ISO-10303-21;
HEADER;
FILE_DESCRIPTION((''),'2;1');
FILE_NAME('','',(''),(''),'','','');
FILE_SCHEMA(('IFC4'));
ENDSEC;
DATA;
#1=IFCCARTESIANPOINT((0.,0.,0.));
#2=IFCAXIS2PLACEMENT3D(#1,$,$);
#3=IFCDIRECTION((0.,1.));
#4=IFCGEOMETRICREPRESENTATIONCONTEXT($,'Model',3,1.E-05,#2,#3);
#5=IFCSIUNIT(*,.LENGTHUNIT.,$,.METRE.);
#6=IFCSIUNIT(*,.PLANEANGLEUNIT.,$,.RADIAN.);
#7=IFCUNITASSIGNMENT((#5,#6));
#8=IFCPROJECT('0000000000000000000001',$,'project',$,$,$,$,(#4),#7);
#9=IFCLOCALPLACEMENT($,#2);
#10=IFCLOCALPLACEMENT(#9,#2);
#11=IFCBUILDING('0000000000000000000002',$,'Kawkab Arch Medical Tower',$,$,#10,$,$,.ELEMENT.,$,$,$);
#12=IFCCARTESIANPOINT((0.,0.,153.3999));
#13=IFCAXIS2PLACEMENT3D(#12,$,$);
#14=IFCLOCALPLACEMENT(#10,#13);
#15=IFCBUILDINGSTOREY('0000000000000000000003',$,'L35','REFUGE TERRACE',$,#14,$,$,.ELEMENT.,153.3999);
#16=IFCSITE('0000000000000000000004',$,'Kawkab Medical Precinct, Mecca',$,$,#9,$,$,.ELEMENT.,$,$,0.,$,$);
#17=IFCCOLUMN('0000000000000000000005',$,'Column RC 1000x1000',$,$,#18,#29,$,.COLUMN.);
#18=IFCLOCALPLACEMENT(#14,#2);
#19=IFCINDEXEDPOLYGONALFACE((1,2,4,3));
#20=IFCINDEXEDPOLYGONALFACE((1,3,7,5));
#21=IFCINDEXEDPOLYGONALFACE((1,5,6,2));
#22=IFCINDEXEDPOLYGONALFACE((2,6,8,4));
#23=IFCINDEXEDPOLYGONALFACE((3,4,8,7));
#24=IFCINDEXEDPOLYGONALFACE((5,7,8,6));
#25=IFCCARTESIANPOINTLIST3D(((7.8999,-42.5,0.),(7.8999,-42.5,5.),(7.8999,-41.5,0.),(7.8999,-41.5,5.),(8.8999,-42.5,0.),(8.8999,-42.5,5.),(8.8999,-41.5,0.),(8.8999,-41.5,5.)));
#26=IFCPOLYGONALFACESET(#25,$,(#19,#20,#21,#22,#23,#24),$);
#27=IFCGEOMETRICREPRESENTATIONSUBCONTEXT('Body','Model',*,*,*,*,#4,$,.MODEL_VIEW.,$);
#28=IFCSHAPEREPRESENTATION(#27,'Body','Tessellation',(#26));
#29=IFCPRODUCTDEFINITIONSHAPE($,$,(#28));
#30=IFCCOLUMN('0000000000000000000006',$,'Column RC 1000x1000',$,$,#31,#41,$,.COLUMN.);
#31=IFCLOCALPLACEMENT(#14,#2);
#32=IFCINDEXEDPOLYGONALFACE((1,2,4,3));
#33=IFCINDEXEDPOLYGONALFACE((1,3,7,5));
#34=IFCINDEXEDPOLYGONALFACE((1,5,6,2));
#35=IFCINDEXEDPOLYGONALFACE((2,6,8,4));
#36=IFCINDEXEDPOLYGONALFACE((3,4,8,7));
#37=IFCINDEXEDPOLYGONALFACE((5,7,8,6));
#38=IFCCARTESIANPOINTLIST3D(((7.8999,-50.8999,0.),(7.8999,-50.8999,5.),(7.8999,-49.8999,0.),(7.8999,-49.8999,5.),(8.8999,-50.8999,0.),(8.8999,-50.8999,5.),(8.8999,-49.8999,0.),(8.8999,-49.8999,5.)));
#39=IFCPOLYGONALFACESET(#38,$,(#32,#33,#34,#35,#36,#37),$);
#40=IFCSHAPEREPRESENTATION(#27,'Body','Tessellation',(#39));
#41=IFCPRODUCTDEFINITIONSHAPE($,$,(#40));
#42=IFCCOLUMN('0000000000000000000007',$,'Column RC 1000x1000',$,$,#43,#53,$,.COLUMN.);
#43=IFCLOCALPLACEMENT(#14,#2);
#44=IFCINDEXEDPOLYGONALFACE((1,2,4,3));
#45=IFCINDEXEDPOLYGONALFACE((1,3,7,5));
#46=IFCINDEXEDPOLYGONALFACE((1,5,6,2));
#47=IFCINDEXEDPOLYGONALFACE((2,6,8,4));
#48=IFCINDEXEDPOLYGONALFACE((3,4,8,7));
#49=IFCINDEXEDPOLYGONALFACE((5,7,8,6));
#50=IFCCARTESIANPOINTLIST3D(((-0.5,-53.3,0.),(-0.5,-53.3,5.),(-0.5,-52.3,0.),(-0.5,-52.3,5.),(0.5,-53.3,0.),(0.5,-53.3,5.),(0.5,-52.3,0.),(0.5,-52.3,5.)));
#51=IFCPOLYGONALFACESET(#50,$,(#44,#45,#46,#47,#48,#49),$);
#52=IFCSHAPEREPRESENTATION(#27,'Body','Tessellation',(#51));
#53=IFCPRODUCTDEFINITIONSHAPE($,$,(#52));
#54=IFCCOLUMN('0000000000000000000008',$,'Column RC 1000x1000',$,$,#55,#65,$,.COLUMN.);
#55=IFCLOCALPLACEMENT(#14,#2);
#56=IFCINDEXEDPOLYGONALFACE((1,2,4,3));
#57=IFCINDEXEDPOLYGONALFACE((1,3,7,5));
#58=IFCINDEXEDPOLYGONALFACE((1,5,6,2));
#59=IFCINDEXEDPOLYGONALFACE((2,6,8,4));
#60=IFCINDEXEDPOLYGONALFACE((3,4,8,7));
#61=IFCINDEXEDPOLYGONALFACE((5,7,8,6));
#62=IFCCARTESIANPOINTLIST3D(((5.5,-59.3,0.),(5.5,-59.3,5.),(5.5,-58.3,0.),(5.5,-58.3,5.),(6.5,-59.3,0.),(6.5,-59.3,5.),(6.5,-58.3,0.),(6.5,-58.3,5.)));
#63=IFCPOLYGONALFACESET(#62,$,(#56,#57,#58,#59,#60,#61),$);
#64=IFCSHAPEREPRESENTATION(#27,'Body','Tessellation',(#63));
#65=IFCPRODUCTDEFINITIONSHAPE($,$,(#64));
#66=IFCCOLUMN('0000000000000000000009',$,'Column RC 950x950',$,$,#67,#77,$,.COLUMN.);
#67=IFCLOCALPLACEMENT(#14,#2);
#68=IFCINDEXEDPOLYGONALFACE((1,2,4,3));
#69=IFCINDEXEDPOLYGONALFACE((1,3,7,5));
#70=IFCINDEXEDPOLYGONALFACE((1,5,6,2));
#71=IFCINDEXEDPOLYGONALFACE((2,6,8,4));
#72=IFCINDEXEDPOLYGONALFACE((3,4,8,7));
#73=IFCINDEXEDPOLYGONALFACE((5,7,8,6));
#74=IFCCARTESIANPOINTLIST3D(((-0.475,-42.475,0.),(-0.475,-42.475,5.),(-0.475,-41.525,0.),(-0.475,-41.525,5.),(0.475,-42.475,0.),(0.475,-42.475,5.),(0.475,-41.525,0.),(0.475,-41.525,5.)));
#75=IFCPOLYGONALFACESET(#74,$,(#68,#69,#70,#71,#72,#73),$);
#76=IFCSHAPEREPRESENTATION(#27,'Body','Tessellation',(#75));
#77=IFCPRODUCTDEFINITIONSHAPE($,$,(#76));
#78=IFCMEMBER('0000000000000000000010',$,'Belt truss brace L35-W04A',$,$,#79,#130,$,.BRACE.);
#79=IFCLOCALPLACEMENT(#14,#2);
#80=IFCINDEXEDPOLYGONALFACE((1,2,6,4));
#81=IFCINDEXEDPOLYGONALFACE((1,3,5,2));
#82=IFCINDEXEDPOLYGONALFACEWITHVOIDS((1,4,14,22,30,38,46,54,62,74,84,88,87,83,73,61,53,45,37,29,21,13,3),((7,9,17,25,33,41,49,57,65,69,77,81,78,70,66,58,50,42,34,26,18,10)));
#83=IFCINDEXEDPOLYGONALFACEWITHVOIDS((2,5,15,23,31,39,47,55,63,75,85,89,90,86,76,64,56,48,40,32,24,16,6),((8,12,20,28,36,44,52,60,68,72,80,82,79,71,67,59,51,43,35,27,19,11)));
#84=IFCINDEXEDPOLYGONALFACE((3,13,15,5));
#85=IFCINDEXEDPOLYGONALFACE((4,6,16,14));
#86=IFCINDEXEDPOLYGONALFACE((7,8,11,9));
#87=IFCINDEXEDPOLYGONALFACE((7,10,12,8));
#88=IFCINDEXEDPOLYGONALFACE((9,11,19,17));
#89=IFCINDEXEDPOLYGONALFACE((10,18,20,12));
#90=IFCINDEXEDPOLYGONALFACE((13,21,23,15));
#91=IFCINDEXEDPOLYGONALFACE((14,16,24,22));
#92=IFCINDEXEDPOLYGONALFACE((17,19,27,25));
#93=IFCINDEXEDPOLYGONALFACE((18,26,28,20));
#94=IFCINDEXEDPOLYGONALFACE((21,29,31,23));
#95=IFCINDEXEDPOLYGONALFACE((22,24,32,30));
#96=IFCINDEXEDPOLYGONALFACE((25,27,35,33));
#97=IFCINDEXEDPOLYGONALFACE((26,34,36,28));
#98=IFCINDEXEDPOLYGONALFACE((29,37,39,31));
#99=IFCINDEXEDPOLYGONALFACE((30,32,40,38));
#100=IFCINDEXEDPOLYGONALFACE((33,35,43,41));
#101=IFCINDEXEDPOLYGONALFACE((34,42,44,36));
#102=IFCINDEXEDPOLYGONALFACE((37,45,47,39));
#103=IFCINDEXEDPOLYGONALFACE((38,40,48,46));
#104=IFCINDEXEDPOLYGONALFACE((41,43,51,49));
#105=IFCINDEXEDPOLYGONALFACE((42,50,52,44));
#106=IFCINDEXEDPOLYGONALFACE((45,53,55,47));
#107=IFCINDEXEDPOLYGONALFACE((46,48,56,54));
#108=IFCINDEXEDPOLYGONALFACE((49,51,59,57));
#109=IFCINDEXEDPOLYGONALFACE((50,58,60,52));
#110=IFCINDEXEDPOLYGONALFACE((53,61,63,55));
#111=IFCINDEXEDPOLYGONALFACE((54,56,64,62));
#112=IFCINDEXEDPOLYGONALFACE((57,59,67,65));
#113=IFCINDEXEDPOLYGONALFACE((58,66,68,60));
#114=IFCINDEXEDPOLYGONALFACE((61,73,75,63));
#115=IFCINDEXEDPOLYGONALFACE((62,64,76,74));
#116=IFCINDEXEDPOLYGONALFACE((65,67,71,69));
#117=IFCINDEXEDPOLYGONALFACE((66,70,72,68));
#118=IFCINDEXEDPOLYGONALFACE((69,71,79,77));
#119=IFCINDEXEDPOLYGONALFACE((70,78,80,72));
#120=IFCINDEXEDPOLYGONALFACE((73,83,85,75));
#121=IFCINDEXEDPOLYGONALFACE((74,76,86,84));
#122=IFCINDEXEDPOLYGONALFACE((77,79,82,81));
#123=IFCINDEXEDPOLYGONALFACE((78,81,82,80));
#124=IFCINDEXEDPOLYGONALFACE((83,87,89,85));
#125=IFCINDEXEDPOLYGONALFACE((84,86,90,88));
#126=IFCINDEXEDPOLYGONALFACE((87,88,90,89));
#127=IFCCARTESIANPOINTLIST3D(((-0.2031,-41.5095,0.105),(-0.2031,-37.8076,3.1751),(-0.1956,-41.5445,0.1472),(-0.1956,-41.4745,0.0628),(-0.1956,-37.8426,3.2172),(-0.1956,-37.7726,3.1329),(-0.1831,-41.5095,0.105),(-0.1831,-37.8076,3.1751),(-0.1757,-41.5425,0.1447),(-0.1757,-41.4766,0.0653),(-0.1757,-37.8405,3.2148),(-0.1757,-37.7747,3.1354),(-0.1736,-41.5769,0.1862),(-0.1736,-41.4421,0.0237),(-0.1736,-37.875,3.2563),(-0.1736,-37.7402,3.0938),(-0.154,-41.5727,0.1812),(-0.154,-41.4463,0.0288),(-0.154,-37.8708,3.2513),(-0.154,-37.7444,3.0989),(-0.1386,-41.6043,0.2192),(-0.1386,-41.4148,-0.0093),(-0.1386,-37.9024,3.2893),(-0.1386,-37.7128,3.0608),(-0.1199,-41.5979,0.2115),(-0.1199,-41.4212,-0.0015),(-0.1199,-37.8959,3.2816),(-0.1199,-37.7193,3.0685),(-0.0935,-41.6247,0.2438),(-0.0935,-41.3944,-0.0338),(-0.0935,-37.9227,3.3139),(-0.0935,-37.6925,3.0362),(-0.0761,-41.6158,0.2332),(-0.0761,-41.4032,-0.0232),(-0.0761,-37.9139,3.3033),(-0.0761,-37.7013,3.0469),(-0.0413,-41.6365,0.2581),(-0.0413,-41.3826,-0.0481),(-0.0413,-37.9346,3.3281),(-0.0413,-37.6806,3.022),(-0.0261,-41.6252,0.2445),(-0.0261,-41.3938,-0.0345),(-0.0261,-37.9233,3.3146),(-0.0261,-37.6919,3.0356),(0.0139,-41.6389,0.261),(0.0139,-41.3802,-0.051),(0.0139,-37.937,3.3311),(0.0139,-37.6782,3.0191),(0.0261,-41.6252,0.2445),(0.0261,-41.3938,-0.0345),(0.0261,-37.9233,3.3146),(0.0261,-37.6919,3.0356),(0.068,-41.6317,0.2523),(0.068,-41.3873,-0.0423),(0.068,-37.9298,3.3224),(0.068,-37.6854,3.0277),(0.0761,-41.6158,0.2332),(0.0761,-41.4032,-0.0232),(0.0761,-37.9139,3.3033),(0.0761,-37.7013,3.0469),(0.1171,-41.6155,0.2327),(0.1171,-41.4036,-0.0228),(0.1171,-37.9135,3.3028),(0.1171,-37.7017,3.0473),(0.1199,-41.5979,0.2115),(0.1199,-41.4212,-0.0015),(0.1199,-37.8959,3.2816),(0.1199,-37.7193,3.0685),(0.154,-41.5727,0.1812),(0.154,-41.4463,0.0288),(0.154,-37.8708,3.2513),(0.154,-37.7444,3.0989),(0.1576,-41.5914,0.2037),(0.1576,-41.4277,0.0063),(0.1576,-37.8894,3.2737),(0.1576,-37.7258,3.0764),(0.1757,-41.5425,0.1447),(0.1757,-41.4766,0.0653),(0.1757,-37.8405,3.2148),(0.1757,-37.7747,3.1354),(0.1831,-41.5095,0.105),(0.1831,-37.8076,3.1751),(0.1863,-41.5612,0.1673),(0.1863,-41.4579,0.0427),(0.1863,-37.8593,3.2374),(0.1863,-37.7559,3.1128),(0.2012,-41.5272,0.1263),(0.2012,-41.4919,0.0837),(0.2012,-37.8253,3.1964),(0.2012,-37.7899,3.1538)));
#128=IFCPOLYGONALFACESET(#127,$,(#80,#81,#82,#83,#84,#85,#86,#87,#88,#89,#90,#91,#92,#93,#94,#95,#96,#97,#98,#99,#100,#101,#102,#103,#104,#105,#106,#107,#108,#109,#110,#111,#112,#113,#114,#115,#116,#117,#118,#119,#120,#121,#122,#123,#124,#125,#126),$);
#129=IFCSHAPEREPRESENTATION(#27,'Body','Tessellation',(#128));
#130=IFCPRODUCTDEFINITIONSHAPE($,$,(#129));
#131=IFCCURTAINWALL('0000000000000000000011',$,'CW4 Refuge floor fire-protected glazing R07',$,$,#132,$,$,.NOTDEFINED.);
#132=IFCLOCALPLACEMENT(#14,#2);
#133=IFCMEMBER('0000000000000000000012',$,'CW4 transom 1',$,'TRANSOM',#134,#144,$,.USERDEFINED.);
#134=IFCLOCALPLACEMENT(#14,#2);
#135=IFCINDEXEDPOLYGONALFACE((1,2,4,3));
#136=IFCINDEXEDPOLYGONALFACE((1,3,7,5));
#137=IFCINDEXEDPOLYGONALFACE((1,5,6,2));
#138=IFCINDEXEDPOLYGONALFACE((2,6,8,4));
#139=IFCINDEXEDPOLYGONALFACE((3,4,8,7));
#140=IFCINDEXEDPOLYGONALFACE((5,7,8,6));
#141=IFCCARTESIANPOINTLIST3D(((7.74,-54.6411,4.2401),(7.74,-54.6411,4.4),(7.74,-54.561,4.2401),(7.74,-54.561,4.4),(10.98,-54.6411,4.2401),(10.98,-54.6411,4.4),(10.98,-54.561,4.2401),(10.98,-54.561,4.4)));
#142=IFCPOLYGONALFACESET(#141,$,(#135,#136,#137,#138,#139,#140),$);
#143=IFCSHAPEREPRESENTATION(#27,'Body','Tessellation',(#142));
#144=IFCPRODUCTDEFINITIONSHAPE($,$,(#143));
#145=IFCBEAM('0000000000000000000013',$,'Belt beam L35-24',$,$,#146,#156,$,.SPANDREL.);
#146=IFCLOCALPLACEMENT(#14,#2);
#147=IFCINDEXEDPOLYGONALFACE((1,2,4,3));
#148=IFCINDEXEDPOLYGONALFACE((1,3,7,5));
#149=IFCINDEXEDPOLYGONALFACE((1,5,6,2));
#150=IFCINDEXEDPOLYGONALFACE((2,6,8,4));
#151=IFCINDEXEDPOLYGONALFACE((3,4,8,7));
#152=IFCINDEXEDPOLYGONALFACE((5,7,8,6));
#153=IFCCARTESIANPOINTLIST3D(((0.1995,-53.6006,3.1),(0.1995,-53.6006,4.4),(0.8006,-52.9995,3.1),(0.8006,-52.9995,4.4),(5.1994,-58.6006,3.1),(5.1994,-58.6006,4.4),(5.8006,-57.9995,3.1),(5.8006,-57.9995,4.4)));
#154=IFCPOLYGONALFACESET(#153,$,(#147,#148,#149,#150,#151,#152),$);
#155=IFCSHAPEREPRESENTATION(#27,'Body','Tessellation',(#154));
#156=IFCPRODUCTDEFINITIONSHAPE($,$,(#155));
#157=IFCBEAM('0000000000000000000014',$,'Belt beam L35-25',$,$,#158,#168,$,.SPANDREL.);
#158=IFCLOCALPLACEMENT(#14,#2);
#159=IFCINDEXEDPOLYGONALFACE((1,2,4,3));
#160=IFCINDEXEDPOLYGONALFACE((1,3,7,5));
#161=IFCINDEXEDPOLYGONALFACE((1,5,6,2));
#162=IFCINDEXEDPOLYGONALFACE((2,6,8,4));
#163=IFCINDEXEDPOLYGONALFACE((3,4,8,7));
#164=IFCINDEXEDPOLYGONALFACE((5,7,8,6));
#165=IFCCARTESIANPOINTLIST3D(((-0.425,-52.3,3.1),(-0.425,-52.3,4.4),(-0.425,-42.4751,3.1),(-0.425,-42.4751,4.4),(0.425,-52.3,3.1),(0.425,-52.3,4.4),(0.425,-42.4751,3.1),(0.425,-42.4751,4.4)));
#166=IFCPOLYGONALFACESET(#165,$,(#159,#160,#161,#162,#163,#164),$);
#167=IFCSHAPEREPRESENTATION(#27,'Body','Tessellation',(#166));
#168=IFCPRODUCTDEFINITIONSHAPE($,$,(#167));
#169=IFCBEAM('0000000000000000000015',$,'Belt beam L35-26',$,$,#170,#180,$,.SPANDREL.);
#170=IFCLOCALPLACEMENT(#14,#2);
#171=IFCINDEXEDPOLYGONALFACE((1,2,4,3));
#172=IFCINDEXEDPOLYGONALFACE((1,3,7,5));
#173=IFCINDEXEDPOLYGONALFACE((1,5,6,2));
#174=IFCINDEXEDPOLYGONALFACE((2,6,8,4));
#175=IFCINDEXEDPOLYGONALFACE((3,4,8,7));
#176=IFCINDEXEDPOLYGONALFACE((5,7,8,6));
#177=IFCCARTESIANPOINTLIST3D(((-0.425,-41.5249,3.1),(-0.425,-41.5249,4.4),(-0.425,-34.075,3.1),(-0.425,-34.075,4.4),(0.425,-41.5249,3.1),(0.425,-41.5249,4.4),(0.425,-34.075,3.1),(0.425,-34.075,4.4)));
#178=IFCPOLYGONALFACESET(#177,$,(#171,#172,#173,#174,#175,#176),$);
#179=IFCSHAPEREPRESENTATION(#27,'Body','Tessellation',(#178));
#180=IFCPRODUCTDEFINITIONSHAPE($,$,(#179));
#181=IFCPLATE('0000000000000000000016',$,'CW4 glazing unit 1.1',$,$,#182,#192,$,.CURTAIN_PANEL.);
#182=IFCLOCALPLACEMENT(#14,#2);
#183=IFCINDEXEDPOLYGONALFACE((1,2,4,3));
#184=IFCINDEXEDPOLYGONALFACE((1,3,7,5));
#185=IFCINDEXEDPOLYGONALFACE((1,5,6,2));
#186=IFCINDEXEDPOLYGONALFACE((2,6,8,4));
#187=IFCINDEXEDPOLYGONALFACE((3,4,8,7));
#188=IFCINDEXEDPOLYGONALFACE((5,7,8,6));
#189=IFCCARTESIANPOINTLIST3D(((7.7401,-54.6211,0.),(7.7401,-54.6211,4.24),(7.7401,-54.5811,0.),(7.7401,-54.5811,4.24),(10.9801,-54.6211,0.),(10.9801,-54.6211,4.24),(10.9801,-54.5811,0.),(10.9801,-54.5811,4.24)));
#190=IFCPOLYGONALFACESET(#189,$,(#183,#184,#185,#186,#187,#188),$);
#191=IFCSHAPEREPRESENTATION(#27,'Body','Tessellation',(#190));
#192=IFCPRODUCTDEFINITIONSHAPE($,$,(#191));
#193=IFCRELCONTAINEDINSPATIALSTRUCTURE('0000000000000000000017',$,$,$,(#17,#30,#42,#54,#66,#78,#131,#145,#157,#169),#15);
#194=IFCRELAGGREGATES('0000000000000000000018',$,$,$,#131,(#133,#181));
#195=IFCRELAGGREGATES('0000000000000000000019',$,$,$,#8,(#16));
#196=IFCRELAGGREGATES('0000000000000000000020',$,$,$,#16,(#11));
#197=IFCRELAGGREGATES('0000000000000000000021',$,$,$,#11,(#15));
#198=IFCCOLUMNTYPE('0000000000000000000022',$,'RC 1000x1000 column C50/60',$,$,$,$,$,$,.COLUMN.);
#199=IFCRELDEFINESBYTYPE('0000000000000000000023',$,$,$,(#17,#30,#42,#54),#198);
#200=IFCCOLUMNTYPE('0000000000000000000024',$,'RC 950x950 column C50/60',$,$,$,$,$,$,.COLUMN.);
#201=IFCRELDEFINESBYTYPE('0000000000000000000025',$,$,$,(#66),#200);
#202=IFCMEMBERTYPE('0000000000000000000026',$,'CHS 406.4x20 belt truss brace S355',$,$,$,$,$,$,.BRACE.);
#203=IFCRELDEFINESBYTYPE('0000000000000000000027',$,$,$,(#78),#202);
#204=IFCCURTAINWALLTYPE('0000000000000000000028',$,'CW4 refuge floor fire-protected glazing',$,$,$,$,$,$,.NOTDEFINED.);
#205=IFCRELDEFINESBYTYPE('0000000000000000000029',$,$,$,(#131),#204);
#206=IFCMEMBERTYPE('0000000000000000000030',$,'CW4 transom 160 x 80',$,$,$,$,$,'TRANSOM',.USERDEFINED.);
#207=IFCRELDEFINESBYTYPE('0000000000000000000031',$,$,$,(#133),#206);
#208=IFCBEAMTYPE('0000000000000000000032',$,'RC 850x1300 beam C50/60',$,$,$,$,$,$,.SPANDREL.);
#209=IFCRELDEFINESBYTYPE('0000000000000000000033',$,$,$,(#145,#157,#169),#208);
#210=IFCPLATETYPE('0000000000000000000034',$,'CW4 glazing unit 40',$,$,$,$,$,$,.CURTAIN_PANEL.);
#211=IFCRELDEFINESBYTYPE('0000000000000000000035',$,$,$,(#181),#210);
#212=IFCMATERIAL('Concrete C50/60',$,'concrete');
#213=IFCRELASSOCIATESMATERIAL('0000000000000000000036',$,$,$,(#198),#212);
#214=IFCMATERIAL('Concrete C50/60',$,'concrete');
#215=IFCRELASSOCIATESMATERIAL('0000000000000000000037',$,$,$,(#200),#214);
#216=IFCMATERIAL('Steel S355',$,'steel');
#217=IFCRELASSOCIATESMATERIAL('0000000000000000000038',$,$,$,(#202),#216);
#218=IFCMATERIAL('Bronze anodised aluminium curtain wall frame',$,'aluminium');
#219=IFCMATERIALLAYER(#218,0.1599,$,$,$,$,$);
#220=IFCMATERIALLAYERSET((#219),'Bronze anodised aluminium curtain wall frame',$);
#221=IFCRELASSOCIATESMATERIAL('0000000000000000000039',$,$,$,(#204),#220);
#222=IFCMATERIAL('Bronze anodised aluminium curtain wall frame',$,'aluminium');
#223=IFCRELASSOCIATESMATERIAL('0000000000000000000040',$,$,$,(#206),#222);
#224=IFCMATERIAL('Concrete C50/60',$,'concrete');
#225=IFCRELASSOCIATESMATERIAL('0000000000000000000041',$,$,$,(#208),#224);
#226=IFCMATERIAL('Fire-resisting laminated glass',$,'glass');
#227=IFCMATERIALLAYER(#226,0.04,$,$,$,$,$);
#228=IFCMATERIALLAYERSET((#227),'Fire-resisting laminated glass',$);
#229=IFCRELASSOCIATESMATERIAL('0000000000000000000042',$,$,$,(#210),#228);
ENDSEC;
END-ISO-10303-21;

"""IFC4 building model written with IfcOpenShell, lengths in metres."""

from ifc_helpers import new_model, si_unit, direction, frame, origin, origin_2d, place, context, subcontext, project, spatial, rectangle, hollow_circle, extrude, material, layer, layer_set, material_profile, profile_set, type_object, element, aggregate, save


model = new_model("IFC4")

# Units and contexts
model_context = context("Model", 3, precision=1e-05, world=origin(), true_north=direction((0.0, 1.0)))
body_context = subcontext(model_context, "Body", "Model", "MODEL_VIEW")
ifc_project = project(units=[si_unit("LENGTHUNIT", "METRE"), si_unit("PLANEANGLEUNIT", "RADIAN")], contexts=[model_context])

# Site, building, storey
site_placement = place(None, origin())
site = spatial("IfcSite", under=ifc_project, at=site_placement, Name="Kawkab Medical Precinct, Mecca", CompositionType="ELEMENT", RefElevation=0.0)
building_placement = place(site_placement, origin())
building = spatial("IfcBuilding", under=site, at=building_placement, Name="Kawkab Arch Medical Tower", CompositionType="ELEMENT")
storey_placement = place(building_placement, frame((0.0, 0.0, 153.3999)))
storey = spatial("IfcBuildingStorey", under=building, at=storey_placement, Name="L35", Description="REFUGE TERRACE", CompositionType="ELEMENT", Elevation=153.3999)

# Columns
ifc_material_1 = material(Name="Concrete C50/60", Category="concrete")
ifc_material_profile_1 = material_profile(ifc_material_1, rectangle(XDim=1.0, YDim=1.0, at=origin_2d()), Name="RC 1000x1000")
ifc_profile_set_1 = profile_set([ifc_material_profile_1], Name="Concrete C50/60")
column_type_1 = type_object("IfcColumnType", Name="RC 1000x1000 column C50/60", PredefinedType="COLUMN", material=ifc_profile_set_1)
for number, where, z_axis, x_axis, name in (
    (1, (8.3999, -42.0, 0.0), (0.0, 0.0, 1.0), (1.0, 0.0, 0.0), "Column RC 1000x1000"),
    (2, (8.3999, -50.3999, 0.0), (0.0, 0.0, 1.0), (1.0, 0.0, 0.0), "Column RC 1000x1000"),
    (3, (0.0, -52.8, 0.0), (0.0, 0.0, 1.0), (1.0, 0.0, 0.0), "Column RC 1000x1000"),
    (4, (6.0, -58.8, 0.0), (0.0, 0.0, 1.0), (1.0, 0.0, 0.0), "Column RC 1000x1000"),
):
    element("IfcColumn", number, at=place(storey_placement, frame(where, z_axis=z_axis, x_axis=x_axis)), inside=storey, type_object=column_type_1, Name=name, PredefinedType="COLUMN", context=body_context, shape_type="SweptSolid", body=[
        extrude(rectangle(XDim=1.0, YDim=1.0, at=origin_2d()), origin(), (0.0, 0.0, 1.0), 5.0),
    ])
ifc_material_2 = material(Name="Concrete C50/60", Category="concrete")
ifc_material_profile_2 = material_profile(ifc_material_2, rectangle(XDim=0.95, YDim=0.95, at=origin_2d()), Name="RC 950x950")
ifc_profile_set_2 = profile_set([ifc_material_profile_2], Name="Concrete C50/60")
column_type_2 = type_object("IfcColumnType", Name="RC 950x950 column C50/60", PredefinedType="COLUMN", material=ifc_profile_set_2)
column_placement = place(storey_placement, frame((0.0, -42.0, 0.0), z_axis=(0.0, 0.0, 1.0), x_axis=(1.0, 0.0, 0.0)))
element("IfcColumn", 5, at=column_placement, inside=storey, type_object=column_type_2, Name="Column RC 950x950", PredefinedType="COLUMN", context=body_context, shape_type="SweptSolid", body=[
    extrude(rectangle(XDim=0.95, YDim=0.95, at=origin_2d()), origin(), (0.0, 0.0, 1.0), 5.0),
])

# Member
ifc_material_3 = material(Name="Steel S355", Category="steel")
ifc_material_profile_3 = material_profile(ifc_material_3, hollow_circle(Radius=0.2031, WallThickness=0.02, at=origin_2d()), Name="CHS 406.4x20")
ifc_profile_set_3 = profile_set([ifc_material_profile_3], Name="Steel S355")
member_type_1 = type_object("IfcMemberType", Name="CHS 406.4x20 belt truss brace S355", PredefinedType="BRACE", material=ifc_profile_set_3)
member_1_placement = place(storey_placement, frame((0.0, -41.5095, 0.105), z_axis=(0.0, 0.769738, 0.63836), x_axis=(-1.0, 0.0, 0.0)))
element("IfcMember", 6, at=member_1_placement, inside=storey, type_object=member_type_1, Name="Belt truss brace L35-W04A", PredefinedType="BRACE", context=body_context, shape_type="SweptSolid", body=[
    extrude(hollow_circle(Radius=0.2031, WallThickness=0.02, at=origin_2d()), origin(), (0.0, 0.0, 1.0), 4.8093),
])

# Curtain wall, member
ifc_material_4 = material(Name="Bronze anodised aluminium curtain wall frame", Category="aluminium")
ifc_layer_1 = layer(ifc_material_4, 0.1599)
ifc_layer_set_1 = layer_set([ifc_layer_1], Name="Bronze anodised aluminium curtain wall frame")
curtain_wall_type = type_object("IfcCurtainWallType", Name="CW4 refuge floor fire-protected glazing", PredefinedType="NOTDEFINED", material=ifc_layer_set_1)
curtain_wall_placement = place(storey_placement, origin())
curtain_wall = element("IfcCurtainWall", 7, at=curtain_wall_placement, inside=storey, type_object=curtain_wall_type, Name="CW4 Refuge floor fire-protected glazing R07", PredefinedType="NOTDEFINED")
ifc_material_5 = material(Name="Bronze anodised aluminium curtain wall frame", Category="aluminium")
ifc_material_profile_4 = material_profile(ifc_material_5, rectangle(XDim=0.0801, YDim=0.1599, at=origin_2d()), Name="AL 80x160")
ifc_profile_set_4 = profile_set([ifc_material_profile_4], Name="Bronze anodised aluminium curtain wall frame")
member_type_2 = type_object("IfcMemberType", Name="CW4 transom 160 x 80", ElementType="TRANSOM", PredefinedType="USERDEFINED", material=ifc_profile_set_4)
member_2_placement = place(storey_placement, frame((7.74, -54.6011, 4.3201), z_axis=(1.0, 0.0, 0.0), x_axis=(0.0, 1.0, 0.0)))
member_2 = element("IfcMember", 8, at=member_2_placement, type_object=member_type_2, Name="CW4 transom 1", ObjectType="TRANSOM", PredefinedType="USERDEFINED", context=body_context, shape_type="SweptSolid", body=[
    extrude(rectangle(XDim=0.0801, YDim=0.1599, at=origin_2d()), origin(), (0.0, 0.0, 1.0), 3.24),
])

# Beams
ifc_material_6 = material(Name="Concrete C50/60", Category="concrete")
ifc_material_profile_5 = material_profile(ifc_material_6, rectangle(XDim=0.8501, YDim=1.3, at=origin_2d()), Name="RC 850x1300")
ifc_profile_set_5 = profile_set([ifc_material_profile_5], Name="Concrete C50/60")
beam_type = type_object("IfcBeamType", Name="RC 850x1300 beam C50/60", PredefinedType="SPANDREL", material=ifc_profile_set_5)
beam_1_placement = place(storey_placement, frame((5.5, -58.3, 3.75), z_axis=(-0.707107, 0.707107, 0.0), x_axis=(-0.707107, -0.707107, 0.0)))
element("IfcBeam", 9, at=beam_1_placement, inside=storey, type_object=beam_type, Name="Belt beam L35-24", PredefinedType="SPANDREL", context=body_context, shape_type="SweptSolid", body=[
    extrude(rectangle(XDim=0.8501, YDim=1.3, at=origin_2d()), origin(), (0.0, 0.0, 1.0), 7.071),
])
beam_2_placement = place(storey_placement, frame((0.0, -52.3, 3.75), z_axis=(0.0, 1.0, 0.0), x_axis=(-1.0, 0.0, 0.0)))
element("IfcBeam", 10, at=beam_2_placement, inside=storey, type_object=beam_type, Name="Belt beam L35-25", PredefinedType="SPANDREL", context=body_context, shape_type="SweptSolid", body=[
    extrude(rectangle(XDim=0.8501, YDim=1.3, at=origin_2d()), origin(), (0.0, 0.0, 1.0), 9.825),
])
beam_3_placement = place(storey_placement, frame((0.0, -41.5249, 3.75), z_axis=(0.0, 1.0, 0.0), x_axis=(-1.0, 0.0, 0.0)))
element("IfcBeam", 11, at=beam_3_placement, inside=storey, type_object=beam_type, Name="Belt beam L35-26", PredefinedType="SPANDREL", context=body_context, shape_type="SweptSolid", body=[
    extrude(rectangle(XDim=0.8501, YDim=1.3, at=origin_2d()), origin(), (0.0, 0.0, 1.0), 7.45),
])

# Plate
ifc_material_7 = material(Name="Fire-resisting laminated glass", Category="glass")
ifc_layer_2 = layer(ifc_material_7, 0.04)
ifc_layer_set_2 = layer_set([ifc_layer_2], Name="Fire-resisting laminated glass")
plate_type = type_object("IfcPlateType", Name="CW4 glazing unit 40", PredefinedType="CURTAIN_PANEL", material=ifc_layer_set_2)
plate_placement = place(storey_placement, frame((9.3601, -54.6011, 0.0), z_axis=(0.0, 0.0, 1.0), x_axis=(1.0, 0.0, 0.0)))
plate = element("IfcPlate", 12, at=plate_placement, type_object=plate_type, Name="CW4 glazing unit 1.1", PredefinedType="CURTAIN_PANEL", context=body_context, shape_type="SweptSolid", body=[
    extrude(rectangle(XDim=3.24, YDim=0.04, at=origin_2d()), origin(), (0.0, 0.0, 1.0), 4.24),
])
aggregate(curtain_wall, [member_2, plate])

save(model, "model.ifc")
